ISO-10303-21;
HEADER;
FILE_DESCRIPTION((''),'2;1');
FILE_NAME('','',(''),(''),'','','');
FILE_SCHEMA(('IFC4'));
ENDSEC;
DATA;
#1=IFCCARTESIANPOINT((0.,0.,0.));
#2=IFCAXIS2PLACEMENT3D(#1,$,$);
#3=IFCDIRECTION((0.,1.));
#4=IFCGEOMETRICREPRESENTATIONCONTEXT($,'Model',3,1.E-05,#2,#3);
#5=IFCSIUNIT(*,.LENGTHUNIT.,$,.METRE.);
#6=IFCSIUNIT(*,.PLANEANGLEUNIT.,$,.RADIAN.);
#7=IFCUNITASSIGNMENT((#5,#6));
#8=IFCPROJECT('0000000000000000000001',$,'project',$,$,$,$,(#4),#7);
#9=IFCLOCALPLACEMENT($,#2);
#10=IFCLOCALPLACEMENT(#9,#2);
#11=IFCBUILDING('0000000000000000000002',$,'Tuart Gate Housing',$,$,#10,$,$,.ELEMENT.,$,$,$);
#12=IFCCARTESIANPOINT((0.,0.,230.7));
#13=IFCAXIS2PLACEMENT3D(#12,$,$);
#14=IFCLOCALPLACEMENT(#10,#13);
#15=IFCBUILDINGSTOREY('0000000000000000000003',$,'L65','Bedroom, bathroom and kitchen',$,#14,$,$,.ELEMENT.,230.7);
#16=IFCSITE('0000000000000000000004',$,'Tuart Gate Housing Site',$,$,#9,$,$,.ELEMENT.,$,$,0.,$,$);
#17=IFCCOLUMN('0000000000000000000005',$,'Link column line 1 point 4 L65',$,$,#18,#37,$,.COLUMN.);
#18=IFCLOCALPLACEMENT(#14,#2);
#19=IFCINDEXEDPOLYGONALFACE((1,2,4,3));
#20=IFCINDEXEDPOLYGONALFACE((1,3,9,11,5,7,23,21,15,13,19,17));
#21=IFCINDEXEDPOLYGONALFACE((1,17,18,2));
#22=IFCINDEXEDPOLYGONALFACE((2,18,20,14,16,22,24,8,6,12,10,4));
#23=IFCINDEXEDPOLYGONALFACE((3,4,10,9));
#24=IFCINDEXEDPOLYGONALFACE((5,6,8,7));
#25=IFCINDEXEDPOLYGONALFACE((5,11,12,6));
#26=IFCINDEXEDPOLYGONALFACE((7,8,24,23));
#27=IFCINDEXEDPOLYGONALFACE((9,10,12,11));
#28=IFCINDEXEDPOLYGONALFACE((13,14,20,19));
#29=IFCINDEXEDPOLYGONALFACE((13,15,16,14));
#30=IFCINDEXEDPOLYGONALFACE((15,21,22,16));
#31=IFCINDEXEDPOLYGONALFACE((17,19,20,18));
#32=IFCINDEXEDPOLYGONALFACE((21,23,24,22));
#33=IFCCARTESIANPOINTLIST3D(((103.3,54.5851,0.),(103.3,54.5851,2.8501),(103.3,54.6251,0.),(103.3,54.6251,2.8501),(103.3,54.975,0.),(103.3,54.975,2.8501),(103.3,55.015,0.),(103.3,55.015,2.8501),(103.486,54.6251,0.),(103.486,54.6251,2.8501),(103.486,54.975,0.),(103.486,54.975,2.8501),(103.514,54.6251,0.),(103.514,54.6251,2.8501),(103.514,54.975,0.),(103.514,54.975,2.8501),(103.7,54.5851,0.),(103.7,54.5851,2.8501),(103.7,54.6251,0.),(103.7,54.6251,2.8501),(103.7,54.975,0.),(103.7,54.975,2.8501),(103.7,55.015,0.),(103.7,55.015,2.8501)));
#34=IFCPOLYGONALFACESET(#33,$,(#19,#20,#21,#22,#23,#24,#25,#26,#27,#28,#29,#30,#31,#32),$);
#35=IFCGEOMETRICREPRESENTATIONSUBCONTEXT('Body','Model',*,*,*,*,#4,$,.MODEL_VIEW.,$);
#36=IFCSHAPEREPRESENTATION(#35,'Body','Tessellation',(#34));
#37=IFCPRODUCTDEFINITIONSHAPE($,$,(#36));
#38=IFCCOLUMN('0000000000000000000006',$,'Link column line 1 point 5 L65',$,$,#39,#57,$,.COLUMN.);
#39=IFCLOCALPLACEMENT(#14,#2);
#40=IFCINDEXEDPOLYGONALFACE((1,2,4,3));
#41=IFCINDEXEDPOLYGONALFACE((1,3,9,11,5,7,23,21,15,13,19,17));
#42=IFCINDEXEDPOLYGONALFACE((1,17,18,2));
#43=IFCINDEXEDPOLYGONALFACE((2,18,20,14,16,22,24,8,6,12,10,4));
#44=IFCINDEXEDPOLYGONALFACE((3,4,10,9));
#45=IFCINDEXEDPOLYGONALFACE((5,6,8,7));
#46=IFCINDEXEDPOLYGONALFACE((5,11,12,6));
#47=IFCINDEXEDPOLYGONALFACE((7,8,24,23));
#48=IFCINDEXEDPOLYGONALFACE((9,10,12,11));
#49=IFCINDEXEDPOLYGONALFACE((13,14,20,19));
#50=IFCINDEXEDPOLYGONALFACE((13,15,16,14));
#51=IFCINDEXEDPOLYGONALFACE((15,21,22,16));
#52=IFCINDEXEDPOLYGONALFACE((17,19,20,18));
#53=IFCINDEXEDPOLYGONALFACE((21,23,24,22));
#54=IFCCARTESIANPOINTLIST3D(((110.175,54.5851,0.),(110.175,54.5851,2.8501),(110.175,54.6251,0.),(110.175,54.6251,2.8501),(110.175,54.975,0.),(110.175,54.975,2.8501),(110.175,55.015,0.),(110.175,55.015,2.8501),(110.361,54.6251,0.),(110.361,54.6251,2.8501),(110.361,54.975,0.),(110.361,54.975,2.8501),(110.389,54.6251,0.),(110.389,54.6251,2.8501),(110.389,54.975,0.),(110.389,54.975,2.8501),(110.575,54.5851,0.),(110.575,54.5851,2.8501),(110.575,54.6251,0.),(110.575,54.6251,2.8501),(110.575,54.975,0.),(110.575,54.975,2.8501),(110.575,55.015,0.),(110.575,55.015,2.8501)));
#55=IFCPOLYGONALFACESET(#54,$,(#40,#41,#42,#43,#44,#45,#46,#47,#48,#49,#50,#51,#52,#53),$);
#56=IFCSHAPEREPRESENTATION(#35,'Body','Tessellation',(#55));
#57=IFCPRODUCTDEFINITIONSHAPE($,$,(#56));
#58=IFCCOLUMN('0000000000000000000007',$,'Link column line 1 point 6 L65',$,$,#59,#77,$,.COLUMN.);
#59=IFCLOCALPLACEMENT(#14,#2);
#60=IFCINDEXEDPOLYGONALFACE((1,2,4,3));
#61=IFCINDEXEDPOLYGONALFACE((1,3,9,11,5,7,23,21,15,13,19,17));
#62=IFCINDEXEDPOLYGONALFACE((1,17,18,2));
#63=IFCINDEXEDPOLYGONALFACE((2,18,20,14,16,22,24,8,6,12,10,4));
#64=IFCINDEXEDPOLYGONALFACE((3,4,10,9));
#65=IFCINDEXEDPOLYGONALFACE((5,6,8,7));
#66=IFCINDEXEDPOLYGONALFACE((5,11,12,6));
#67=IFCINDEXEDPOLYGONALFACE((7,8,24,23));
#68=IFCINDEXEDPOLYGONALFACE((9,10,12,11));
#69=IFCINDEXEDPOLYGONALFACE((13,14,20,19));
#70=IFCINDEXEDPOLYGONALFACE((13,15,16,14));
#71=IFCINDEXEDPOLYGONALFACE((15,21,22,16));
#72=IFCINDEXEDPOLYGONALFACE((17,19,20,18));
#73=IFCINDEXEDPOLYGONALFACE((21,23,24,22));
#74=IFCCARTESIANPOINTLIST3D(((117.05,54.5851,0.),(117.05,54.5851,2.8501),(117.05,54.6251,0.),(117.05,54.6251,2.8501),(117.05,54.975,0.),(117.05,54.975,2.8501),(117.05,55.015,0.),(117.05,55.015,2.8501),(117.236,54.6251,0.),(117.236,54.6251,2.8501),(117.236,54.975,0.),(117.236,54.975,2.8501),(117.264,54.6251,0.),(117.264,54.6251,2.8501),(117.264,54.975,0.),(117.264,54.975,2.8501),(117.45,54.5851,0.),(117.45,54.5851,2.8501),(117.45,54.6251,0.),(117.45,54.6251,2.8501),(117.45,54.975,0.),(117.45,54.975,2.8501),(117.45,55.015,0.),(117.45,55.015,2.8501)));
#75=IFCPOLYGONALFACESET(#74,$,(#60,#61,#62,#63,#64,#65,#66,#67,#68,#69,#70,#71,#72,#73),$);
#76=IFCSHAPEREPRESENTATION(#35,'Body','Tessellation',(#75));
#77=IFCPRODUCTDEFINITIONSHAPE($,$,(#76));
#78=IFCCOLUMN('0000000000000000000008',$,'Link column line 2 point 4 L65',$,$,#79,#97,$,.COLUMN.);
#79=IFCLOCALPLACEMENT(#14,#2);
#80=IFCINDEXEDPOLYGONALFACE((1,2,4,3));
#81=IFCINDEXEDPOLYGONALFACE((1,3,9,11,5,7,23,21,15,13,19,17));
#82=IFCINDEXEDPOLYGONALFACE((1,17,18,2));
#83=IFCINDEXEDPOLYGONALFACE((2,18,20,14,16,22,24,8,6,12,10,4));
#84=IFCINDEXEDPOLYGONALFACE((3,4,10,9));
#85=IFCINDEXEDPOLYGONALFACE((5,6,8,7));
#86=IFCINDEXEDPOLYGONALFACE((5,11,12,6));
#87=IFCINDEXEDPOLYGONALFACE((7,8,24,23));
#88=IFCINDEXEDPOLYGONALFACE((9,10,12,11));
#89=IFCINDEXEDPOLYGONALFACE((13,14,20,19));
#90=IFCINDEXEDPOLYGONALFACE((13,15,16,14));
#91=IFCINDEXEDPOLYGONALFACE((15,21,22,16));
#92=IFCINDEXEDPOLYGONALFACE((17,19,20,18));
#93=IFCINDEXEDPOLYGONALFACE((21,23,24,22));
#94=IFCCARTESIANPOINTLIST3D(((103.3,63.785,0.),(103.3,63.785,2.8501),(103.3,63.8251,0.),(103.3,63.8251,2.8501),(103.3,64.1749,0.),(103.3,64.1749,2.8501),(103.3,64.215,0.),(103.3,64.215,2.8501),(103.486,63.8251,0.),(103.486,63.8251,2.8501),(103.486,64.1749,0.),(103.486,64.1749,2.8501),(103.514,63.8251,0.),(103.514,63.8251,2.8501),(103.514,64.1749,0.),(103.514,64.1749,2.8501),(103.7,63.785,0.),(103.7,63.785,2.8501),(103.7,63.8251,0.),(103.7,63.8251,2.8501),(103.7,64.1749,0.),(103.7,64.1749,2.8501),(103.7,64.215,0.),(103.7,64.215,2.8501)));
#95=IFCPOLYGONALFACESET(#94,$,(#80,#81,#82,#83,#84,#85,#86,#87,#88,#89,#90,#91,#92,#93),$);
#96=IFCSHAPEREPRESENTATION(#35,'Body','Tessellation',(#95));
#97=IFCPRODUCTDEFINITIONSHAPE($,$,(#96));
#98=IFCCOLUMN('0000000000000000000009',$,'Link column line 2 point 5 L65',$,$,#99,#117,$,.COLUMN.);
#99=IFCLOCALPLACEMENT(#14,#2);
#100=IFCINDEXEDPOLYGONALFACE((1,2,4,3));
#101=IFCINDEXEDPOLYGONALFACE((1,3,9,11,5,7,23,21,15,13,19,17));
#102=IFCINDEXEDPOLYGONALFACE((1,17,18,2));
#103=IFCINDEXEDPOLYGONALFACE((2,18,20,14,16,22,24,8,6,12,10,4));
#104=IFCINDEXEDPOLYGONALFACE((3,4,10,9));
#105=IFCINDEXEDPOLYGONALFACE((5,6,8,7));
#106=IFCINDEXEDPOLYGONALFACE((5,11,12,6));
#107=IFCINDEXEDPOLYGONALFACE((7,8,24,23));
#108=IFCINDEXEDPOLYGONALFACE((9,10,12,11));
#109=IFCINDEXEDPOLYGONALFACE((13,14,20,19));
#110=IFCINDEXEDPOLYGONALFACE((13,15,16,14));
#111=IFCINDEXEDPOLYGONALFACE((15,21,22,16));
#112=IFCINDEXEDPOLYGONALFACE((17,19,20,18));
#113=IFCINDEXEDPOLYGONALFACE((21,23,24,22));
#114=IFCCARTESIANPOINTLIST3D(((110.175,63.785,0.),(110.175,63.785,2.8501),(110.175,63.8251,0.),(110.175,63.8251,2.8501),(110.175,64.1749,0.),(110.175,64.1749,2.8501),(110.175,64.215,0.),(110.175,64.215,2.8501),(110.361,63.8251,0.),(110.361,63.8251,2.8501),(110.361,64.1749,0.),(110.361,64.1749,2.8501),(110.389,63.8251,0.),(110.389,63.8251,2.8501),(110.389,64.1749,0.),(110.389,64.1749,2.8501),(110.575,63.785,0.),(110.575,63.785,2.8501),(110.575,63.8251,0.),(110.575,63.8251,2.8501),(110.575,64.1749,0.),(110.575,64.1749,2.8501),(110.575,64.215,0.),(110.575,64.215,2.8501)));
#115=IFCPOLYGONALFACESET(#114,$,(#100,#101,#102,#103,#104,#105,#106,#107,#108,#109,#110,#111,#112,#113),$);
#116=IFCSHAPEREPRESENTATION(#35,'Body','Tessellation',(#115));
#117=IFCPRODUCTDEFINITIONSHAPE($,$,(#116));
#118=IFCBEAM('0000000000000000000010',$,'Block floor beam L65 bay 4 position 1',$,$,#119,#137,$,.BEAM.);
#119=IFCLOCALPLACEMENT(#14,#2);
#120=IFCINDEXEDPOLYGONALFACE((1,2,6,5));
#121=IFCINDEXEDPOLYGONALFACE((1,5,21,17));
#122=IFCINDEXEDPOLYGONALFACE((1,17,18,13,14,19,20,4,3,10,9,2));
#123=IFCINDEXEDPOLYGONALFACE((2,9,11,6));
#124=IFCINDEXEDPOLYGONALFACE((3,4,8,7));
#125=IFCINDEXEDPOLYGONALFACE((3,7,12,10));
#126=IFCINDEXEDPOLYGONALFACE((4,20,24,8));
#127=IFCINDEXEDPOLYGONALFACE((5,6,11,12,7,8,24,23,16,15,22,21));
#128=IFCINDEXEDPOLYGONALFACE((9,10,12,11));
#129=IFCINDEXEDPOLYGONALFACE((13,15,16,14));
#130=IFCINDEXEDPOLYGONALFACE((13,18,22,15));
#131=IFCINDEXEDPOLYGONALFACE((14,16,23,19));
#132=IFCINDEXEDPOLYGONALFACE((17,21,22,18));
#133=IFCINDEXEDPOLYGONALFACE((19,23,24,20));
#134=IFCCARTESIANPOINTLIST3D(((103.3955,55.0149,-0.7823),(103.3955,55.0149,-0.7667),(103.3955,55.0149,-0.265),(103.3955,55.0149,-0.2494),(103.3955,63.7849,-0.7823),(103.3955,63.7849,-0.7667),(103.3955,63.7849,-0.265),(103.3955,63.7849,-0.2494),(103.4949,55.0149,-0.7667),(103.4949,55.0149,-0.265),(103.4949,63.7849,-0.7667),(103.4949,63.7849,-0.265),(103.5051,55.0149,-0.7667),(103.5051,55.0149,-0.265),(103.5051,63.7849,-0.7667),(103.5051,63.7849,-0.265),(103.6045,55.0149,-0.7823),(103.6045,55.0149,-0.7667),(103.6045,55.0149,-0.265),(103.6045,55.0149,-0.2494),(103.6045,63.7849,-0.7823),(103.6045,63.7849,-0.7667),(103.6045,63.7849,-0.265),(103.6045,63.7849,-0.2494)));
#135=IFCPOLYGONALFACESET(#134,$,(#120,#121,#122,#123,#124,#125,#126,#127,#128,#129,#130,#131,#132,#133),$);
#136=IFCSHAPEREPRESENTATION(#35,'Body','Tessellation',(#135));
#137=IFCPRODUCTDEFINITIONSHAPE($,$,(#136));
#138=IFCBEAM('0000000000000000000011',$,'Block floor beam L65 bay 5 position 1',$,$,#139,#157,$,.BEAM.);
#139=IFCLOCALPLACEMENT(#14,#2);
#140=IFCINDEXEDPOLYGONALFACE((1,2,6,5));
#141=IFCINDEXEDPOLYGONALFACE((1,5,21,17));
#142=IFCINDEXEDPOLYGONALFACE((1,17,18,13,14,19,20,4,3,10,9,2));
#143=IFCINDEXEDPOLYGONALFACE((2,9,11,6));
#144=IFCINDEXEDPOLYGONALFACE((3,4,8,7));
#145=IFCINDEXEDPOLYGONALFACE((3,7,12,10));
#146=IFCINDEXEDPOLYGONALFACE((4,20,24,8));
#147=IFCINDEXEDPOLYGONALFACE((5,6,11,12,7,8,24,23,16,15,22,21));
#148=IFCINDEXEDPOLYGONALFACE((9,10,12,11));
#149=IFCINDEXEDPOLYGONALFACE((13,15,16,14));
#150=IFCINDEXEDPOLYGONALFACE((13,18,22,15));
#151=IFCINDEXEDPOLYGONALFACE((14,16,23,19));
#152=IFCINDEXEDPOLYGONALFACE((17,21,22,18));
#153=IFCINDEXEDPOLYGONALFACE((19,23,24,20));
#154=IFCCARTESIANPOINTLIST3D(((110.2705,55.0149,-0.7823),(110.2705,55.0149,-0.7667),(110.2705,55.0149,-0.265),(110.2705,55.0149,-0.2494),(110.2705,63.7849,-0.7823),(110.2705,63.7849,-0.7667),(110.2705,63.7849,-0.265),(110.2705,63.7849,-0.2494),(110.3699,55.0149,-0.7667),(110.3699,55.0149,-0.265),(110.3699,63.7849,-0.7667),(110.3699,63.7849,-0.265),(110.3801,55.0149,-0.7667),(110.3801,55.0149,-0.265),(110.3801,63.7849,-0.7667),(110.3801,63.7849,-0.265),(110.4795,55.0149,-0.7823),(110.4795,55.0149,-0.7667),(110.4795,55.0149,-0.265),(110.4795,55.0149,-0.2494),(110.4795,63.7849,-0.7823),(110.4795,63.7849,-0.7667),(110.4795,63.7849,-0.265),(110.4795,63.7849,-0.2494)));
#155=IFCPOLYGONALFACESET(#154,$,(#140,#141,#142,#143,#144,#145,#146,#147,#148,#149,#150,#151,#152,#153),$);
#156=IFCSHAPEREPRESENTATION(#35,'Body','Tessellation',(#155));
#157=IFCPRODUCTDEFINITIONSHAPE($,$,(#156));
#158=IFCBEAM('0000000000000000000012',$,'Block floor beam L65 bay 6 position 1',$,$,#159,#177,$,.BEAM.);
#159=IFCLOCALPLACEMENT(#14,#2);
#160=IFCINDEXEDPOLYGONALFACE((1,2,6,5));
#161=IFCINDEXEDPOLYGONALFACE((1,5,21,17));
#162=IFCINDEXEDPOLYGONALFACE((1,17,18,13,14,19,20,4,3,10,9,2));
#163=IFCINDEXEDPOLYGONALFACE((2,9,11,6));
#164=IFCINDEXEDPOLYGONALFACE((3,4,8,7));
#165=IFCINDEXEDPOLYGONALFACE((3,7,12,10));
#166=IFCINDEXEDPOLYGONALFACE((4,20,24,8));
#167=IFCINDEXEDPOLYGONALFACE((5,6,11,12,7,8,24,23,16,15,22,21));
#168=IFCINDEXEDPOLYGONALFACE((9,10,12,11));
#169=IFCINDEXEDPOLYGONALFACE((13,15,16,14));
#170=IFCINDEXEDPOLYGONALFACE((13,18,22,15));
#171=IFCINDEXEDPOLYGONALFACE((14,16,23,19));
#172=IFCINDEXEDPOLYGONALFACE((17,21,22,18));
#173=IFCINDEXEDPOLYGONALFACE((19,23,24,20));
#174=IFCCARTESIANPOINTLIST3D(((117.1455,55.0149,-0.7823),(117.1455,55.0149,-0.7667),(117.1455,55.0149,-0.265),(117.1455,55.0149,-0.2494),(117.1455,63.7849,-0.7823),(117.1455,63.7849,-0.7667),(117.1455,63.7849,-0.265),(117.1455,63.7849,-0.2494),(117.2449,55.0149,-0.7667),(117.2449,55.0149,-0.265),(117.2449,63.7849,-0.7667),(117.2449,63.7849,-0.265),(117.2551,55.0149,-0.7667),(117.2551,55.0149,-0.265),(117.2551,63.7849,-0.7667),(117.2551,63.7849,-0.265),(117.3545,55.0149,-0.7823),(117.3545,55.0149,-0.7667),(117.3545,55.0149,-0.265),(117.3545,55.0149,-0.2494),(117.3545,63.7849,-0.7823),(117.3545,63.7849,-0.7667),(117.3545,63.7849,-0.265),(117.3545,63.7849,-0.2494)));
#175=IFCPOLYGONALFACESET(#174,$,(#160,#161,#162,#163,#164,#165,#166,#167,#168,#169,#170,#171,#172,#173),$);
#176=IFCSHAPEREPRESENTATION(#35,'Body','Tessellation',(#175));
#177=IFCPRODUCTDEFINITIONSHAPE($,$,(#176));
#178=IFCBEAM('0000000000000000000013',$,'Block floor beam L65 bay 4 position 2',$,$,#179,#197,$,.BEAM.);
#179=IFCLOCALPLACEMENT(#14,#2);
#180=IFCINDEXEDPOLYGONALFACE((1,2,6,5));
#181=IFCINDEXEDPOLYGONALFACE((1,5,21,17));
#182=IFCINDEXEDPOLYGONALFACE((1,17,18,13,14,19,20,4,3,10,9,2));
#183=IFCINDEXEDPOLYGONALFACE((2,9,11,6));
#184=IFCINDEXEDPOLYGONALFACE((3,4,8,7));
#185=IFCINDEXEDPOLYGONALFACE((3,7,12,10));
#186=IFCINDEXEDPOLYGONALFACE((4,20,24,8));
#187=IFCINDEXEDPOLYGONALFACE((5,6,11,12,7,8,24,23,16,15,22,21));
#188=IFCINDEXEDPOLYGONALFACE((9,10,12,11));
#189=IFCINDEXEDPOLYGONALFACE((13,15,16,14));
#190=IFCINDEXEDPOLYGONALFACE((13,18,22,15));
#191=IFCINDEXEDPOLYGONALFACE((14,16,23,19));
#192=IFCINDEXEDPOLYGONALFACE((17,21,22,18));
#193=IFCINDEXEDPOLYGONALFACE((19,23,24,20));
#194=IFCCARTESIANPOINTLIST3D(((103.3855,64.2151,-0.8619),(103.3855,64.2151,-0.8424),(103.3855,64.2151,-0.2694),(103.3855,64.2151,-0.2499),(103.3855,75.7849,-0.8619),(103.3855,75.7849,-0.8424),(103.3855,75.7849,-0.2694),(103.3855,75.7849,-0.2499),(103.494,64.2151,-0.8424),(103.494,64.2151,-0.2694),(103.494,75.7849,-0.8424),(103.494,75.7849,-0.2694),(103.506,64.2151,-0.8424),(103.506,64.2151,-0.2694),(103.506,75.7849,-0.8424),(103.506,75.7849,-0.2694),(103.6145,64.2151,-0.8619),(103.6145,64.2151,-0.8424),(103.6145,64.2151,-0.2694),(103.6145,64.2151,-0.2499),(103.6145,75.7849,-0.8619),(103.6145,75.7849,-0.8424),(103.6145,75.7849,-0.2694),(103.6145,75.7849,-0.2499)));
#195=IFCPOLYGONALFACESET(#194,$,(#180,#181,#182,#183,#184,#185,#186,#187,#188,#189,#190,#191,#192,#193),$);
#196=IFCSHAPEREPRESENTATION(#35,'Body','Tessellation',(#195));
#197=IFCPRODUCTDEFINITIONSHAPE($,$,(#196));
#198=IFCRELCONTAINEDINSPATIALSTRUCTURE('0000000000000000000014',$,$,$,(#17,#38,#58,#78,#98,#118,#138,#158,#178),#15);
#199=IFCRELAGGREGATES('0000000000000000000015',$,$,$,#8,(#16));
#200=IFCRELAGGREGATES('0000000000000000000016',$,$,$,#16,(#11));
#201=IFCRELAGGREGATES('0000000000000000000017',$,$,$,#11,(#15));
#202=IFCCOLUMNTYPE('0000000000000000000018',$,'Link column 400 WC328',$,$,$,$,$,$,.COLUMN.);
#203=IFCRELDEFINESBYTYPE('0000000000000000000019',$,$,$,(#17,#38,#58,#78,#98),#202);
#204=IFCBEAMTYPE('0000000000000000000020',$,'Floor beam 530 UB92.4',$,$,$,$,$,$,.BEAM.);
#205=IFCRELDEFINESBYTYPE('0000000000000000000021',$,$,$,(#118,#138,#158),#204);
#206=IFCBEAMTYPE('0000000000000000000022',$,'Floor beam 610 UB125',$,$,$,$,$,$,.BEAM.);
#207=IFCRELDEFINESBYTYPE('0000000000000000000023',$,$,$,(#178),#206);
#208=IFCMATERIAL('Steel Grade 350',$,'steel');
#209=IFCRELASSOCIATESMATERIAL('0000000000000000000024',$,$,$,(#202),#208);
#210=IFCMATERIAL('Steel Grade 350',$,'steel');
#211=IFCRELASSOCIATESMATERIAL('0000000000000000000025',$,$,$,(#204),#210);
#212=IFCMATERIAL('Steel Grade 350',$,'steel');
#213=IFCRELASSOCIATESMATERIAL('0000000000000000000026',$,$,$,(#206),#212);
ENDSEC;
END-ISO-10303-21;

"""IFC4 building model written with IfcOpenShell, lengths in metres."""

from ifc_helpers import new_model, si_unit, direction, frame, origin, origin_2d, place, context, subcontext, project, spatial, i_section, extrude, material, material_profile, profile_set, type_object, element, save


model = new_model("IFC4")

# Units and contexts
model_context = context("Model", 3, precision=1e-05, world=origin(), true_north=direction((0.0, 1.0)))
body_context = subcontext(model_context, "Body", "Model", "MODEL_VIEW")
ifc_project = project(units=[si_unit("LENGTHUNIT", "METRE"), si_unit("PLANEANGLEUNIT", "RADIAN")], contexts=[model_context])

# Site, building, storey
site_placement = place(None, origin())
site = spatial("IfcSite", under=ifc_project, at=site_placement, Name="Tuart Gate Housing Site", CompositionType="ELEMENT", RefElevation=0.0)
building_placement = place(site_placement, origin())
building = spatial("IfcBuilding", under=site, at=building_placement, Name="Tuart Gate Housing", CompositionType="ELEMENT")
storey_placement = place(building_placement, frame((0.0, 0.0, 230.7)))
storey = spatial("IfcBuildingStorey", under=building, at=storey_placement, Name="L65", Description="Bedroom, bathroom and kitchen", CompositionType="ELEMENT", Elevation=230.7)

# Columns
ifc_material_1 = material(Name="Steel Grade 350", Category="steel")
ifc_material_profile_1 = material_profile(ifc_material_1, i_section(OverallWidth=0.3999, OverallDepth=0.4299, WebThickness=0.0281, FlangeThickness=0.04, at=origin_2d()), Name="400WC328")
ifc_profile_set_1 = profile_set([ifc_material_profile_1], Name="Steel Grade 350")
column_type = type_object("IfcColumnType", Name="Link column 400 WC328", PredefinedType="COLUMN", material=ifc_profile_set_1)
for number, where, z_axis, x_axis, name in (
    (1, (103.5, 54.8, 0.0), (0.0, 0.0, 1.0), (1.0, 0.0, 0.0), "Link column line 1 point 4 L65"),
    (2, (110.375, 54.8, 0.0), (0.0, 0.0, 1.0), (1.0, 0.0, 0.0), "Link column line 1 point 5 L65"),
    (3, (117.25, 54.8, 0.0), (0.0, 0.0, 1.0), (1.0, 0.0, 0.0), "Link column line 1 point 6 L65"),
    (4, (103.5, 64.0, 0.0), (0.0, 0.0, 1.0), (1.0, 0.0, 0.0), "Link column line 2 point 4 L65"),
    (5, (110.375, 64.0, 0.0), (0.0, 0.0, 1.0), (1.0, 0.0, 0.0), "Link column line 2 point 5 L65"),
):
    element("IfcColumn", number, at=place(storey_placement, frame(where, z_axis=z_axis, x_axis=x_axis)), inside=storey, type_object=column_type, Name=name, PredefinedType="COLUMN", context=body_context, shape_type="SweptSolid", body=[
        extrude(i_section(OverallWidth=0.3999, OverallDepth=0.4299, WebThickness=0.0281, FlangeThickness=0.04, at=origin_2d()), origin(), (0.0, 0.0, 1.0), 2.8501),
    ])

# Beams
ifc_material_2 = material(Name="Steel Grade 350", Category="steel")
ifc_material_profile_2 = material_profile(ifc_material_2, i_section(OverallWidth=0.209, OverallDepth=0.533, WebThickness=0.0103, FlangeThickness=0.0156, at=origin_2d()), Name="530UB92.4")
ifc_profile_set_2 = profile_set([ifc_material_profile_2], Name="Steel Grade 350")
beam_type_1 = type_object("IfcBeamType", Name="Floor beam 530 UB92.4", PredefinedType="BEAM", material=ifc_profile_set_2)
for number, where, z_axis, x_axis, name in (
    (6, (103.5, 55.0149, -0.5159), (0.0, 1.0, 0.0), (-1.0, 0.0, 0.0), "Block floor beam L65 bay 4 position 1"),
    (7, (110.375, 55.0149, -0.5159), (0.0, 1.0, 0.0), (-1.0, 0.0, 0.0), "Block floor beam L65 bay 5 position 1"),
    (8, (117.25, 55.0149, -0.5159), (0.0, 1.0, 0.0), (-1.0, 0.0, 0.0), "Block floor beam L65 bay 6 position 1"),
):
    element("IfcBeam", number, at=place(storey_placement, frame(where, z_axis=z_axis, x_axis=x_axis)), inside=storey, type_object=beam_type_1, Name=name, PredefinedType="BEAM", context=body_context, shape_type="SweptSolid", body=[
        extrude(i_section(OverallWidth=0.209, OverallDepth=0.533, WebThickness=0.0103, FlangeThickness=0.0156, at=origin_2d()), origin(), (0.0, 0.0, 1.0), 8.77),
    ])
ifc_material_3 = material(Name="Steel Grade 350", Category="steel")
ifc_material_profile_3 = material_profile(ifc_material_3, i_section(OverallWidth=0.229, OverallDepth=0.6121, WebThickness=0.012, FlangeThickness=0.0195, at=origin_2d()), Name="610UB125")
ifc_profile_set_3 = profile_set([ifc_material_profile_3], Name="Steel Grade 350")
beam_type_2 = type_object("IfcBeamType", Name="Floor beam 610 UB125", PredefinedType="BEAM", material=ifc_profile_set_3)
for number, where, z_axis, x_axis, name in (
    (9, (103.5, 64.2151, -0.5559), (0.0, 1.0, 0.0), (-1.0, 0.0, 0.0), "Block floor beam L65 bay 4 position 2"),
):
    element("IfcBeam", number, at=place(storey_placement, frame(where, z_axis=z_axis, x_axis=x_axis)), inside=storey, type_object=beam_type_2, Name=name, PredefinedType="BEAM", context=body_context, shape_type="SweptSolid", body=[
        extrude(i_section(OverallWidth=0.229, OverallDepth=0.6121, WebThickness=0.012, FlangeThickness=0.0195, at=origin_2d()), origin(), (0.0, 0.0, 1.0), 11.5698),
    ])

save(model, "model.ifc")
